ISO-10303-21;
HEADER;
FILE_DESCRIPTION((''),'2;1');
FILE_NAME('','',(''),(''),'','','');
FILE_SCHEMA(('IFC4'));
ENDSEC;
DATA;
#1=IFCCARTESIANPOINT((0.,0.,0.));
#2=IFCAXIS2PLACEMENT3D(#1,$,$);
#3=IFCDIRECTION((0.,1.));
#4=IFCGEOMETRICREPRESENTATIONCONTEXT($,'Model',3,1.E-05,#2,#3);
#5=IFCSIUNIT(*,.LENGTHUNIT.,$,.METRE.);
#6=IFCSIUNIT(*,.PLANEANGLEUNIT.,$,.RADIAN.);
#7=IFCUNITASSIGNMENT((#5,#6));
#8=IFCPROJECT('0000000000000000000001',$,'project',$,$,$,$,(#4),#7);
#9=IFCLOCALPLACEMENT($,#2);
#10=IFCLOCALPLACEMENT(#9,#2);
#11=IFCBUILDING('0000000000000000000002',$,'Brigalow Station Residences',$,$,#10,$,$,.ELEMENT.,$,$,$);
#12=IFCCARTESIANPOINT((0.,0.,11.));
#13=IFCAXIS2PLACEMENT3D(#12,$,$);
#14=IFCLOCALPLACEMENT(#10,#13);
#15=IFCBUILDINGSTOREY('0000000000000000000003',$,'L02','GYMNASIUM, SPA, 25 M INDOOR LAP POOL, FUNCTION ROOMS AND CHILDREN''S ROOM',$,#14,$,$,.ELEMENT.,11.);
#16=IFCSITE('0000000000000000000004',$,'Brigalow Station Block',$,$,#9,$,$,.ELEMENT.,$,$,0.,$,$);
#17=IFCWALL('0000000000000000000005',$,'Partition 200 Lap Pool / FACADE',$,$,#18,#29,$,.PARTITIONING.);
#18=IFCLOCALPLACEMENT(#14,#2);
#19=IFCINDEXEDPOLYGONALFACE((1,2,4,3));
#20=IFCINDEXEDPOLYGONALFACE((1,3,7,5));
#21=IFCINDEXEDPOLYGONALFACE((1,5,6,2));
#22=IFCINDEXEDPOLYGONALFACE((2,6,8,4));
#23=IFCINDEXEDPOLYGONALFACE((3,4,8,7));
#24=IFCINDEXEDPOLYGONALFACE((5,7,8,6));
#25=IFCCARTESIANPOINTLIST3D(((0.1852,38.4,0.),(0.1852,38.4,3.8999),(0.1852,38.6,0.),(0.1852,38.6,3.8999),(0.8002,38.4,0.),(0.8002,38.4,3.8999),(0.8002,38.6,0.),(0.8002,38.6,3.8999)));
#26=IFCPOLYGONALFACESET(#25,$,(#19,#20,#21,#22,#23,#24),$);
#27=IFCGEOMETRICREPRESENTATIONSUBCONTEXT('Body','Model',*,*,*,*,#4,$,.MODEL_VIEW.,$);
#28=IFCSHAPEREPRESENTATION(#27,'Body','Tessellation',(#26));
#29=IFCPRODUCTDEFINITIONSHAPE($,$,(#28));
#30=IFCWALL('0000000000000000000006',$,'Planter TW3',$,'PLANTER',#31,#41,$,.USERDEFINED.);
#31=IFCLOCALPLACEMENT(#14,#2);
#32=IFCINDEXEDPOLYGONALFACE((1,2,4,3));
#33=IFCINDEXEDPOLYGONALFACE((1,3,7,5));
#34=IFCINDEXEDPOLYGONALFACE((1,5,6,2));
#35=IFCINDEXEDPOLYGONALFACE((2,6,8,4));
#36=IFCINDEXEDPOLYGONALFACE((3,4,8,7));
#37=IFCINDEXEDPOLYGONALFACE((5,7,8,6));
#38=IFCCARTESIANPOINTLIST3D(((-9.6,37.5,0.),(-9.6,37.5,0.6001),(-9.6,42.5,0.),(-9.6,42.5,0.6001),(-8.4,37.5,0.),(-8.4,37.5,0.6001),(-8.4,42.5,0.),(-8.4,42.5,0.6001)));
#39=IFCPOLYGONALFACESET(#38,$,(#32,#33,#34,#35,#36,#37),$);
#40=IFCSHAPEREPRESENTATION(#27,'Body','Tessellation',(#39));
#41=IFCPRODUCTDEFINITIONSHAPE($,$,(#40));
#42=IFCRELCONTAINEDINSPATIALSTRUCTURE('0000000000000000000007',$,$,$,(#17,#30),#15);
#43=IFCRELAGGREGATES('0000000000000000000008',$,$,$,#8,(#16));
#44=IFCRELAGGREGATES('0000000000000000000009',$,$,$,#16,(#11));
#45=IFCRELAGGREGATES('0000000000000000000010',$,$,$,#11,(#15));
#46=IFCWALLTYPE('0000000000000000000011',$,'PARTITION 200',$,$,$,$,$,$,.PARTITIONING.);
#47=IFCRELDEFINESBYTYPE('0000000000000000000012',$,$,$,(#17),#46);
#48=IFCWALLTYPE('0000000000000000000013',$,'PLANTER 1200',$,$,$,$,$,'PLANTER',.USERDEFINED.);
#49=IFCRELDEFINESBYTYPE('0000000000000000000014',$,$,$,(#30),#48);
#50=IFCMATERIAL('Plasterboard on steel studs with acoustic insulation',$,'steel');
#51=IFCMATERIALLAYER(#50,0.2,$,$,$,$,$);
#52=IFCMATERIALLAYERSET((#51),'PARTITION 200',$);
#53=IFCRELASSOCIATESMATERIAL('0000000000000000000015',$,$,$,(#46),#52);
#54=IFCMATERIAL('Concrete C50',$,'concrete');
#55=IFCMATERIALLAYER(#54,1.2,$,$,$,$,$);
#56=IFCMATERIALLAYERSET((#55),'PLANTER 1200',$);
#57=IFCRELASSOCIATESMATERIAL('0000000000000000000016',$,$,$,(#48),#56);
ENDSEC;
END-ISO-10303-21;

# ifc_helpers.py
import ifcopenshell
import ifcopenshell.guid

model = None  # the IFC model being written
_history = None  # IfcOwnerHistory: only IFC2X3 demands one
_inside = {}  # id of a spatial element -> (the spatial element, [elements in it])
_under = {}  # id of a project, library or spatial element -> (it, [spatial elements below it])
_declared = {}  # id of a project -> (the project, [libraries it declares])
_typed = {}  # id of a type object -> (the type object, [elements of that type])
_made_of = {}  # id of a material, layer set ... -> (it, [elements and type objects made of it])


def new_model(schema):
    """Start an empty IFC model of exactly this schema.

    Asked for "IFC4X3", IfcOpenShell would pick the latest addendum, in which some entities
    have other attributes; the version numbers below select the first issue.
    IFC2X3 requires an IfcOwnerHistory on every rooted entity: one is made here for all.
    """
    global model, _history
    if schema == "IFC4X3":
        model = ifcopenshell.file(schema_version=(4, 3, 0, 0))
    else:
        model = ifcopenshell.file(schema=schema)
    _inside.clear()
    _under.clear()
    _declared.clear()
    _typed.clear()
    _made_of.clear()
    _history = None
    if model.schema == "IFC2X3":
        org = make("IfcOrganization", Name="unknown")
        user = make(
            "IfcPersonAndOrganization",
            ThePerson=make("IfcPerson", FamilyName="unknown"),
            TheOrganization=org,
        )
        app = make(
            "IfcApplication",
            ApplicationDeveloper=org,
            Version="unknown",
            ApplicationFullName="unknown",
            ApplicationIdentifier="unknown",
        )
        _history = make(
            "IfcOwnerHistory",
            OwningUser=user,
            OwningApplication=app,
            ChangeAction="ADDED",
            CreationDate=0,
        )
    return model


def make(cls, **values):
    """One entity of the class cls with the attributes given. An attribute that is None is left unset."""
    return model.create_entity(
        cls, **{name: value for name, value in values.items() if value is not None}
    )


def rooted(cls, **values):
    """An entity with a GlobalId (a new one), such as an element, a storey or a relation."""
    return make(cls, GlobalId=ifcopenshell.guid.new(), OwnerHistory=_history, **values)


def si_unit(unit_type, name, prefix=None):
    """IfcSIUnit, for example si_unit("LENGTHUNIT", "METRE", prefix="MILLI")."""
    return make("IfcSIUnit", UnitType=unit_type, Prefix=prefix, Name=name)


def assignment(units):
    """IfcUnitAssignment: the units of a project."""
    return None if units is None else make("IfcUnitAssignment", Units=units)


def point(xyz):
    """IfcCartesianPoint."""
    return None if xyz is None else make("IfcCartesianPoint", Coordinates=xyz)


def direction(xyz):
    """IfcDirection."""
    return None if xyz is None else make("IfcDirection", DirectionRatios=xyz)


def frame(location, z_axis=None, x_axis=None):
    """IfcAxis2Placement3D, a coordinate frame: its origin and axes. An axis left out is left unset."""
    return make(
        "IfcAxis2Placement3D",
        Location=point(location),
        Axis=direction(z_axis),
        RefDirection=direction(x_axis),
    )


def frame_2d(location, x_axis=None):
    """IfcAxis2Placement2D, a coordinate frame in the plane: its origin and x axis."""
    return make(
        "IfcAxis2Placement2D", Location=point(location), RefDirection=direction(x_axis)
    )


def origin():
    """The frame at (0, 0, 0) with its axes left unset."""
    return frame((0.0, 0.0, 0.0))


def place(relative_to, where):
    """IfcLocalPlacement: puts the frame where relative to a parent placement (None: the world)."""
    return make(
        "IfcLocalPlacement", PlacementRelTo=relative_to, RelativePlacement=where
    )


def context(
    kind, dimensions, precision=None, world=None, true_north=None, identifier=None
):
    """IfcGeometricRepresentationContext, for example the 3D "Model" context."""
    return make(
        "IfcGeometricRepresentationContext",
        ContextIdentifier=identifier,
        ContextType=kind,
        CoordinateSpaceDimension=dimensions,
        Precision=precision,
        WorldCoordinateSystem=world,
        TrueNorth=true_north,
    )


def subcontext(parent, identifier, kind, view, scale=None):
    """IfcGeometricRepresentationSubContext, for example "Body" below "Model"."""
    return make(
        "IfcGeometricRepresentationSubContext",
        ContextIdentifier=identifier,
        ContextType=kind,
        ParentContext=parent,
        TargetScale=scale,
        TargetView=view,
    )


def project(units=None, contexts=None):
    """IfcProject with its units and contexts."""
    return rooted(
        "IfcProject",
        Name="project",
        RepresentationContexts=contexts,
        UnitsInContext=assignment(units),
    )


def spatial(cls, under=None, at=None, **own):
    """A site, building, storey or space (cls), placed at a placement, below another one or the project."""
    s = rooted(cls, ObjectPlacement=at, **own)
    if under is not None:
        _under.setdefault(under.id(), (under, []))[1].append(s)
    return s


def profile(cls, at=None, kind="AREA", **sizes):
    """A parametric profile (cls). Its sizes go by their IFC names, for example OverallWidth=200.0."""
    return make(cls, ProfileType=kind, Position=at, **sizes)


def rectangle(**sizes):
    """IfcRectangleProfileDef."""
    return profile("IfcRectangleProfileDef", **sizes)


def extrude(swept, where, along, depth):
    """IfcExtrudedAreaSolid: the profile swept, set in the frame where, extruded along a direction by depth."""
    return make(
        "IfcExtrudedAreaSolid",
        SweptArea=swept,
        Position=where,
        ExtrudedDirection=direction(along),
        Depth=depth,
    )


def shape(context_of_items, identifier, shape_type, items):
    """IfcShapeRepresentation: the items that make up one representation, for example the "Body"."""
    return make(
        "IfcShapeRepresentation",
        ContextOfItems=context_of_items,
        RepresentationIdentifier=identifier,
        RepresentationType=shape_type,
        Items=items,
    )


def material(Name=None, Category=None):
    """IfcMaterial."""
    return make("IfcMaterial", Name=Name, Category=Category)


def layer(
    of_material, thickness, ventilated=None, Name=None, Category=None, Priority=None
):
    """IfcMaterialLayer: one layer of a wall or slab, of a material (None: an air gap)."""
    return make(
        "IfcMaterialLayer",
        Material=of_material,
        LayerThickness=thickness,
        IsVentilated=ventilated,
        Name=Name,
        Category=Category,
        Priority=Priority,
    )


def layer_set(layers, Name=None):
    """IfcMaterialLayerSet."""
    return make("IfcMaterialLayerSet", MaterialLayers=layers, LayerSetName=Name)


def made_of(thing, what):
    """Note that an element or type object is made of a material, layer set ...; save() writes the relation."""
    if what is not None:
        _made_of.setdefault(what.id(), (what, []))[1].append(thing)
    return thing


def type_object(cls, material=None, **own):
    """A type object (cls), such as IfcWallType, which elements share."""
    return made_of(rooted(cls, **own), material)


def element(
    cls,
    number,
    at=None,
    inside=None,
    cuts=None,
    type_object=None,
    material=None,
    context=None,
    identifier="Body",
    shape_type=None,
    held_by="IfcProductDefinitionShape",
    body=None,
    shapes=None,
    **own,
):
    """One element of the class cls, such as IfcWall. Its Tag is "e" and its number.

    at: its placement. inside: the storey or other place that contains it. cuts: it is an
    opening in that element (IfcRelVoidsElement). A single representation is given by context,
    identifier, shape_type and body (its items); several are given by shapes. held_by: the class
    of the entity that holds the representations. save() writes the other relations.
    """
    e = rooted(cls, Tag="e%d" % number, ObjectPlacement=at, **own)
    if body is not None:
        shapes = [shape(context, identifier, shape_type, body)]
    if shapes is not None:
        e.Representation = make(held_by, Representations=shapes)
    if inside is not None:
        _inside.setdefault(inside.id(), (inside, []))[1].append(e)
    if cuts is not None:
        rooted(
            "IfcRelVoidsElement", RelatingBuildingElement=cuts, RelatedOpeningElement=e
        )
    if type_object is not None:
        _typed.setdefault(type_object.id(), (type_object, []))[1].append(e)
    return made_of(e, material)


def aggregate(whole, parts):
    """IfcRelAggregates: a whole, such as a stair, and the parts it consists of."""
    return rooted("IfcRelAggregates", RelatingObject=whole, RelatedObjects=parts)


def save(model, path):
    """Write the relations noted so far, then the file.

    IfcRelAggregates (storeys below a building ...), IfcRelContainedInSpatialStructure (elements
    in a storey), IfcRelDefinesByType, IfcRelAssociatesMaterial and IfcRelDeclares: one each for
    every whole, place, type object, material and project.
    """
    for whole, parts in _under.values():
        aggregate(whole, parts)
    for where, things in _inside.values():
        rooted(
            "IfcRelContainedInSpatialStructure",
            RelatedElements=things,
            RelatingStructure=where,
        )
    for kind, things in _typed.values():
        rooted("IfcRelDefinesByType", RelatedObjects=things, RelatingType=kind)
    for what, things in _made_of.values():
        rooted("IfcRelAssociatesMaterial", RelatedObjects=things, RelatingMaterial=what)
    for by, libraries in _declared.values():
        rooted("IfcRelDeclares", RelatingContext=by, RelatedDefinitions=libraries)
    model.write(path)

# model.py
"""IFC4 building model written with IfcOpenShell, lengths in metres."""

from ifc_helpers import new_model, si_unit, direction, frame, frame_2d, origin, place, context, subcontext, project, spatial, rectangle, extrude, material, layer, layer_set, type_object, element, save


model = new_model("IFC4")

# Units and contexts
model_context = context("Model", 3, precision=1e-05, world=origin(), true_north=direction((0.0, 1.0)))
body_context = subcontext(model_context, "Body", "Model", "MODEL_VIEW")
ifc_project = project(units=[si_unit("LENGTHUNIT", "METRE"), si_unit("PLANEANGLEUNIT", "RADIAN")], contexts=[model_context])

# Site, building, storey
site_placement = place(None, origin())
site = spatial("IfcSite", under=ifc_project, at=site_placement, Name="Brigalow Station Block", CompositionType="ELEMENT", RefElevation=0.0)
building_placement = place(site_placement, origin())
building = spatial("IfcBuilding", under=site, at=building_placement, Name="Brigalow Station Residences", CompositionType="ELEMENT")
storey_placement = place(building_placement, frame((0.0, 0.0, 11.0)))
storey = spatial("IfcBuildingStorey", under=building, at=storey_placement, Name="L02", Description="GYMNASIUM, SPA, 25 M INDOOR LAP POOL, FUNCTION ROOMS AND CHILDREN'S ROOM", CompositionType="ELEMENT", Elevation=11.0)

# Shared definitions
ifc_material_1 = material(Name="Plasterboard on steel studs with acoustic insulation", Category="steel")
ifc_layer_1 = layer(ifc_material_1, 0.2)
ifc_layer_set_1 = layer_set([ifc_layer_1], Name="PARTITION 200")
wall_type_1 = type_object("IfcWallType", Name="PARTITION 200", PredefinedType="PARTITIONING", material=ifc_layer_set_1)

# Walls
for number, where, z_axis, x_axis, name in (
    (1, (0.1851, 38.5, 0.0), (0.0, 0.0, 1.0), (1.0, 0.0, 0.0), "Partition 200 Lap Pool / FACADE"),
):
    element("IfcWall", number, at=place(storey_placement, frame(where, z_axis=z_axis, x_axis=x_axis)), inside=storey, type_object=wall_type_1, Name=name, PredefinedType="PARTITIONING", context=body_context, shape_type="SweptSolid", body=[
        extrude(rectangle(XDim=0.615, YDim=0.2, at=frame_2d((0.3076, 0.0))), origin(), (0.0, 0.0, 1.0), 3.8999),
    ])
ifc_material_2 = material(Name="Concrete C50", Category="concrete")
ifc_layer_2 = layer(ifc_material_2, 1.2)
ifc_layer_set_2 = layer_set([ifc_layer_2], Name="PLANTER 1200")
wall_type_2 = type_object("IfcWallType", Name="PLANTER 1200", ElementType="PLANTER", PredefinedType="USERDEFINED", material=ifc_layer_set_2)
wall_1_placement = place(storey_placement, frame((-9.0, 37.5, 0.0), z_axis=(0.0, 0.0, 1.0), x_axis=(0.0, 1.0, 0.0)))
element("IfcWall", 2, at=wall_1_placement, inside=storey, type_object=wall_type_2, Name="Planter TW3", ObjectType="PLANTER", PredefinedType="USERDEFINED", context=body_context, shape_type="SweptSolid", body=[
    extrude(rectangle(XDim=5.0, YDim=1.2, at=frame_2d((2.5, 0.0))), origin(), (0.0, 0.0, 1.0), 0.6001),
])

save(model, "model.ifc")
